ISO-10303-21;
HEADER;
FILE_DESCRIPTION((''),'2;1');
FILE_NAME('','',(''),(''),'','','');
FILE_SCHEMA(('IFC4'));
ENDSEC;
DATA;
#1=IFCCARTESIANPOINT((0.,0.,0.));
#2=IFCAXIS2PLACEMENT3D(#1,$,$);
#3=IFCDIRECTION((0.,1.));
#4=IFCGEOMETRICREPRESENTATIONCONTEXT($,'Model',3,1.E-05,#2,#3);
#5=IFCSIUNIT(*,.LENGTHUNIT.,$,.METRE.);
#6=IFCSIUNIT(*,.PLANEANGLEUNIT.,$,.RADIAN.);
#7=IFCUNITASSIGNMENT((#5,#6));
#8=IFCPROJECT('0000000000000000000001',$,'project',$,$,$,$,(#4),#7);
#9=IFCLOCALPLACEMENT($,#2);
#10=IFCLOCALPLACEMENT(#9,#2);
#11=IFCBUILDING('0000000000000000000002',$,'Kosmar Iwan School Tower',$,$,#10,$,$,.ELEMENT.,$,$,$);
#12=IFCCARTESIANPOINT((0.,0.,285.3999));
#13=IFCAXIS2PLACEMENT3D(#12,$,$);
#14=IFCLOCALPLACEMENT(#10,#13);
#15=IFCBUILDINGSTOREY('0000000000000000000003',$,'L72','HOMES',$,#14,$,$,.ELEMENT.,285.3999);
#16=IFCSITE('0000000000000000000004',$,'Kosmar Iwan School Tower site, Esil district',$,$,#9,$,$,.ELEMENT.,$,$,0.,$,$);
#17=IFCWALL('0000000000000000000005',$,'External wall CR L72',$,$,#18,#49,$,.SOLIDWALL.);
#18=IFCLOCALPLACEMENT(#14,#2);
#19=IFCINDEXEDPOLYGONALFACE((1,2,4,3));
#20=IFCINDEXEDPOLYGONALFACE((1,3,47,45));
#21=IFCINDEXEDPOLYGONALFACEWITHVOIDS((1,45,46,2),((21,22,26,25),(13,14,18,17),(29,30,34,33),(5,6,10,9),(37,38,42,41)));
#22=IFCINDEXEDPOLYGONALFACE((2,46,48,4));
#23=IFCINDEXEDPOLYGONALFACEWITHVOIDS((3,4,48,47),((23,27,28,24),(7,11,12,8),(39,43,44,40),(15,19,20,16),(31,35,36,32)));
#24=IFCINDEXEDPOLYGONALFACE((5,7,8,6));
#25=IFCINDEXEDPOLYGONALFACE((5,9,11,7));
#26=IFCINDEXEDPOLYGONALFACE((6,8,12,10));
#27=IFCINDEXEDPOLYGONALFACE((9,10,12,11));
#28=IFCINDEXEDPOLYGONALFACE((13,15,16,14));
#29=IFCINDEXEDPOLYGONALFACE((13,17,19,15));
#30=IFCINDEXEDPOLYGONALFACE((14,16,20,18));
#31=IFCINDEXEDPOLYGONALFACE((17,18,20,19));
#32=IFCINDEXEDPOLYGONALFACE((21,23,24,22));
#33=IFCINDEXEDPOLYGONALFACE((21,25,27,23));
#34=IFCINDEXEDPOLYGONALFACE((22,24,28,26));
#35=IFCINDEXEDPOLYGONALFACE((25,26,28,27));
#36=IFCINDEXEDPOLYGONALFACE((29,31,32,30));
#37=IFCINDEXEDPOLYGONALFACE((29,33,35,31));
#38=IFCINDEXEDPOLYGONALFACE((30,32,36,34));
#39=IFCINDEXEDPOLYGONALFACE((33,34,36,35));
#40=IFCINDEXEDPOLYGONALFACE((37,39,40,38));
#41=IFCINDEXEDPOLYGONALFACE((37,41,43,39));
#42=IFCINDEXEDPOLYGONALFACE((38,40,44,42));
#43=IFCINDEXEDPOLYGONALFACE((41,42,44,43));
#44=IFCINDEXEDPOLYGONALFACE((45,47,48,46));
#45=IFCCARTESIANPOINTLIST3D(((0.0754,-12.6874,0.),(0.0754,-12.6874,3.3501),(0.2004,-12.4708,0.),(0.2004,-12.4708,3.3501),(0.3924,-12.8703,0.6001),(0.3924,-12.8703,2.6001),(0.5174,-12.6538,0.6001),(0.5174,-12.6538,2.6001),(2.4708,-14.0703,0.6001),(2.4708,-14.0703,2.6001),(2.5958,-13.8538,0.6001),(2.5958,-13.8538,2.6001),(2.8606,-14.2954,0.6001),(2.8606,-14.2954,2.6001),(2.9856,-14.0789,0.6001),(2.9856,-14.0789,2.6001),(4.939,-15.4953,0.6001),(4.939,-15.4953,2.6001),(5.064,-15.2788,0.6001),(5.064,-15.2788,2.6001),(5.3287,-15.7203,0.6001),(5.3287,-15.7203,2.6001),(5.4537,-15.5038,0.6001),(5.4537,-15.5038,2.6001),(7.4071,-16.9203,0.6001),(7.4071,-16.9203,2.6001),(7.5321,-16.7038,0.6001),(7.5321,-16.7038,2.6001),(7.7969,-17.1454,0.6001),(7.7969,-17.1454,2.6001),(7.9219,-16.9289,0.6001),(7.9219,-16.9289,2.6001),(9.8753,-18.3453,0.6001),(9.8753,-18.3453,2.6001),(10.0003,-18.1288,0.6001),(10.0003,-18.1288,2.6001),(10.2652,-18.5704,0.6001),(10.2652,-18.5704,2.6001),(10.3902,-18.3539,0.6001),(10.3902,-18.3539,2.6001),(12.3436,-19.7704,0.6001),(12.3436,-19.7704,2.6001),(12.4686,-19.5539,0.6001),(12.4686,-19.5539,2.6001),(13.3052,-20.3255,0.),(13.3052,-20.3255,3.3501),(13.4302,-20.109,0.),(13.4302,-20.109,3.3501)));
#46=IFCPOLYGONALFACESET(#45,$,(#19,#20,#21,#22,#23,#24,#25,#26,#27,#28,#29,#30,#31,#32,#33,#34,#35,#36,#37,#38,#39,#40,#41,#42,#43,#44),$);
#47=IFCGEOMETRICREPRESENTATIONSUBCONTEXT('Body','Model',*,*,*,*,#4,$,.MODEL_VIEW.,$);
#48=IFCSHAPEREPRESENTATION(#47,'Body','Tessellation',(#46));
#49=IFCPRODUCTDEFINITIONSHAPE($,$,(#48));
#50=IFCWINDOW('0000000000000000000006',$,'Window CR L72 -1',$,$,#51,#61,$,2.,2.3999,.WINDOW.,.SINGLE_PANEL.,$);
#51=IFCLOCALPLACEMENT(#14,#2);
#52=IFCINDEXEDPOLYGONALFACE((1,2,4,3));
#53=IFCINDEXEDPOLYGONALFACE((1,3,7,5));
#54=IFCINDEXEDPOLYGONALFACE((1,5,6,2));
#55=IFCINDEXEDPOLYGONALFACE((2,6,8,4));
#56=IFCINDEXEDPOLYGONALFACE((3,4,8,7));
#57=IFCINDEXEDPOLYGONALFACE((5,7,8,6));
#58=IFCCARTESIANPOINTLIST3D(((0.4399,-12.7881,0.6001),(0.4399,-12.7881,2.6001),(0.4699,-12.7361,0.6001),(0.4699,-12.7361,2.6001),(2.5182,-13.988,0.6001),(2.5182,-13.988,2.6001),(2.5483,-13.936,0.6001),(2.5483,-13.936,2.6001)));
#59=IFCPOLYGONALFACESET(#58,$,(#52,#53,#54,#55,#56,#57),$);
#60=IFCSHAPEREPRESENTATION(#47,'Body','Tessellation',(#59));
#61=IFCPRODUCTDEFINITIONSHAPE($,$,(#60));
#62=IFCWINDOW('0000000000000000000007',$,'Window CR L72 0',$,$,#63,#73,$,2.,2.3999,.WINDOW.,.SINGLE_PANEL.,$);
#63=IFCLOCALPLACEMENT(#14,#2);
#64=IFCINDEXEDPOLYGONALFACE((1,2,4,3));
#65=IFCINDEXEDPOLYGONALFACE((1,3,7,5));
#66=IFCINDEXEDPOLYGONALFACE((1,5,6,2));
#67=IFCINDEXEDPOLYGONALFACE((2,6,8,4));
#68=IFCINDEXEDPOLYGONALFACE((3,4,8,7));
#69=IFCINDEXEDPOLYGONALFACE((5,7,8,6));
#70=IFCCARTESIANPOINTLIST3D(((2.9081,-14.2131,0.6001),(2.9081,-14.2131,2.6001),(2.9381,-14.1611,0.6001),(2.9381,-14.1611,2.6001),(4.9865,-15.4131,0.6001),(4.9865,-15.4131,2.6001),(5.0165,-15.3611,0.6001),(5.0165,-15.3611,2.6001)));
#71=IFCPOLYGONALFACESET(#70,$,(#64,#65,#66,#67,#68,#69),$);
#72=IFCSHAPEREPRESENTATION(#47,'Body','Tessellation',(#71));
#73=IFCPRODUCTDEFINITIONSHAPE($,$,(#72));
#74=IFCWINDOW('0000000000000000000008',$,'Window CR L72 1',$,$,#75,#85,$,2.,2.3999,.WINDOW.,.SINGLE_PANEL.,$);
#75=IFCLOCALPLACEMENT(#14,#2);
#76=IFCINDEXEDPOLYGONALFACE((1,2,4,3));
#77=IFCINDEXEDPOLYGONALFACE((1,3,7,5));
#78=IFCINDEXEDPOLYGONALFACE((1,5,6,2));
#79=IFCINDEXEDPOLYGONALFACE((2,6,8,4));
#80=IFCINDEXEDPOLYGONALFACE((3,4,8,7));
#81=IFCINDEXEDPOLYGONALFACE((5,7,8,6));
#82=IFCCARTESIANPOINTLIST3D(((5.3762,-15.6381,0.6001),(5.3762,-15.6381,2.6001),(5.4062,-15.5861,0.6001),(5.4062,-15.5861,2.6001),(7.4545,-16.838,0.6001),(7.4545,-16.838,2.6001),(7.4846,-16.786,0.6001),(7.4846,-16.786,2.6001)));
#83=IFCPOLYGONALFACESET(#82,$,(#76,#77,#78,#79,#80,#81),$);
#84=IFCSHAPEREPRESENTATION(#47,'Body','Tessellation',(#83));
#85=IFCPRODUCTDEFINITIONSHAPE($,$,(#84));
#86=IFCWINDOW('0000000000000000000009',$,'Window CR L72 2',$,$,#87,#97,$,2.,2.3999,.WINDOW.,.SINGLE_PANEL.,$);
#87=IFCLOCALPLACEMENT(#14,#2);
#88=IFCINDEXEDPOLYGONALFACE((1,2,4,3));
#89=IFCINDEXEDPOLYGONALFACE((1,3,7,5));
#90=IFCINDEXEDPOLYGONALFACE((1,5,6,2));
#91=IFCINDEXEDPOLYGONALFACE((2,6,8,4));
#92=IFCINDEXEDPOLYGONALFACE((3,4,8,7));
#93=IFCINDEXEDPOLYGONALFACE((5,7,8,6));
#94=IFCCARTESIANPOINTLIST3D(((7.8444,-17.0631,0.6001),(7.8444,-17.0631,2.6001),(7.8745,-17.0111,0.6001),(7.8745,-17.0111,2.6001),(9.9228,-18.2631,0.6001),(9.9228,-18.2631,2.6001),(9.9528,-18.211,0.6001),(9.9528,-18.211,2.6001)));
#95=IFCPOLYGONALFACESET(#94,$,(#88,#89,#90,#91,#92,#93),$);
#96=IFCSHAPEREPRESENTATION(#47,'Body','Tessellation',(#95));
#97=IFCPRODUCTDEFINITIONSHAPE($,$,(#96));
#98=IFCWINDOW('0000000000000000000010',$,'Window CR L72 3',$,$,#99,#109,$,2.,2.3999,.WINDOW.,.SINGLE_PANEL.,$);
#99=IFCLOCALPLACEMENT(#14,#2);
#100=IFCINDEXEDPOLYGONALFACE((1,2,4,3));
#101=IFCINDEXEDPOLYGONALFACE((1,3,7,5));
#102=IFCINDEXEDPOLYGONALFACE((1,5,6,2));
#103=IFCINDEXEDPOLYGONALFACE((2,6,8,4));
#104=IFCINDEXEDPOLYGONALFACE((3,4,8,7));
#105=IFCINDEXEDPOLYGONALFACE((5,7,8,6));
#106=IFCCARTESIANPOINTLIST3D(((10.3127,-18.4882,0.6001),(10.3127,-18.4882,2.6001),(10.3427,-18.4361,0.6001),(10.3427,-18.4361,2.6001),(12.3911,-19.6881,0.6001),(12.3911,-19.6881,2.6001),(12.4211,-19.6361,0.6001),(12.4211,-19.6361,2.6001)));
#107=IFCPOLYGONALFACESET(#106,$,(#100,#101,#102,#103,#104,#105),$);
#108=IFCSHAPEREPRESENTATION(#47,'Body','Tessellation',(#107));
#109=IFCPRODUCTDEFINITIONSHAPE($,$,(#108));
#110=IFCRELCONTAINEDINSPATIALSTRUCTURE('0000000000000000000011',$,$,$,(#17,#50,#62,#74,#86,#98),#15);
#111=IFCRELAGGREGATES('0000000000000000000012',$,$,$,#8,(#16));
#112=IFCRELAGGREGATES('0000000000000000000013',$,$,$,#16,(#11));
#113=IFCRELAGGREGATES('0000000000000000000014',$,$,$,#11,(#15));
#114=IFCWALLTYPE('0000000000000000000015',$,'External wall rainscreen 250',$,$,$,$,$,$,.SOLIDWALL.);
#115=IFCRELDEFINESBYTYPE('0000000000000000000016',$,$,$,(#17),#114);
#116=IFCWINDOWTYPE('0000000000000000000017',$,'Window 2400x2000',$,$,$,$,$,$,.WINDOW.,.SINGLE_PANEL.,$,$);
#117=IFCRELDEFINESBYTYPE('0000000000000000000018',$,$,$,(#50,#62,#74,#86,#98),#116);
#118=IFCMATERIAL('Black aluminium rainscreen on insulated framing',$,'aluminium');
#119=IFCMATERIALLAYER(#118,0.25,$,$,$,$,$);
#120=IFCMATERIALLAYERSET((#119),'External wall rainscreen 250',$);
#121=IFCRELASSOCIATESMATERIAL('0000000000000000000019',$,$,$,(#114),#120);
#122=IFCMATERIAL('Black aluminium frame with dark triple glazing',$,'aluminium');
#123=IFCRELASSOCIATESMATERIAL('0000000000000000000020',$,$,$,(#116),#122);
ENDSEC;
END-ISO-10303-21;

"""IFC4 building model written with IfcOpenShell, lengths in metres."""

from ifc_helpers import new_model, si_unit, direction, frame, frame_2d, origin, place, context, subcontext, project, spatial, rectangle, extrude, material, layer, layer_set, type_object, element, fill, save


model = new_model("IFC4")

# Units and contexts
model_context = context("Model", 3, precision=1e-05, world=origin(), true_north=direction((0.0, 1.0)))
body_context = subcontext(model_context, "Body", "Model", "MODEL_VIEW")
ifc_project = project(units=[si_unit("LENGTHUNIT", "METRE"), si_unit("PLANEANGLEUNIT", "RADIAN")], contexts=[model_context])

# Site, building, storey
site_placement = place(None, origin())
site = spatial("IfcSite", under=ifc_project, at=site_placement, Name="Kosmar Iwan School Tower site, Esil district", CompositionType="ELEMENT", RefElevation=0.0)
building_placement = place(site_placement, origin())
building = spatial("IfcBuilding", under=site, at=building_placement, Name="Kosmar Iwan School Tower", CompositionType="ELEMENT")
storey_placement = place(building_placement, frame((0.0, 0.0, 285.3999)))
storey = spatial("IfcBuildingStorey", under=building, at=storey_placement, Name="L72", Description="HOMES", CompositionType="ELEMENT", Elevation=285.3999)

# Wall, openings, windows
ifc_material_1 = material(Name="Black aluminium rainscreen on insulated framing", Category="aluminium")
ifc_layer_1 = layer(ifc_material_1, 0.25)
ifc_layer_set_1 = layer_set([ifc_layer_1], Name="External wall rainscreen 250")
wall_type_1 = type_object("IfcWallType", Name="External wall rainscreen 250", PredefinedType="SOLIDWALL", material=ifc_layer_set_1)
ifc_material_2 = material(Name="Black aluminium frame with dark triple glazing", Category="aluminium")
window_type = type_object("IfcWindowType", Name="Window 2400x2000", PartitioningType="SINGLE_PANEL", PredefinedType="WINDOW", material=ifc_material_2)
wall_1_placement = place(storey_placement, frame((0.1379, -12.5791, 0.0), z_axis=(0.0, 0.0, 1.0), x_axis=(0.866026, -0.5, 0.0)))
wall_1 = element("IfcWall", 1, at=wall_1_placement, inside=storey, type_object=wall_type_1, Name="External wall CR L72", PredefinedType="SOLIDWALL", context=body_context, shape_type="SweptSolid", body=[
    extrude(rectangle(XDim=15.2764, YDim=0.25, at=frame_2d((7.6382, 0.0))), origin(), (0.0, 0.0, 1.0), 3.3501),
])
opening_1_placement = place(wall_1_placement, frame((0.366, 0.0, 0.6001)))
opening_1 = element("IfcOpeningElement", 2, at=opening_1_placement, cuts=wall_1, PredefinedType="OPENING", context=body_context, shape_type="SweptSolid", body=[
    extrude(rectangle(XDim=2.3999, YDim=2.0, at=frame_2d((1.2, 1.0))), frame((0.0, 0.137, 0.0), z_axis=(0.0, -1.0, 0.0), x_axis=(1.0, 0.0, 0.0)), (0.0, 0.0, 1.0), 0.2739),
])
opening_2_placement = place(wall_1_placement, frame((3.2161, 0.0, 0.6001)))
opening_2 = element("IfcOpeningElement", 3, at=opening_2_placement, cuts=wall_1, PredefinedType="OPENING", context=body_context, shape_type="SweptSolid", body=[
    extrude(rectangle(XDim=2.3999, YDim=2.0, at=frame_2d((1.2, 1.0))), frame((0.0, 0.137, 0.0), z_axis=(0.0, -1.0, 0.0), x_axis=(1.0, 0.0, 0.0)), (0.0, 0.0, 1.0), 0.2739),
])
opening_3_placement = place(wall_1_placement, frame((6.0659, 0.0, 0.6001)))
opening_3 = element("IfcOpeningElement", 4, at=opening_3_placement, cuts=wall_1, PredefinedType="OPENING", context=body_context, shape_type="SweptSolid", body=[
    extrude(rectangle(XDim=2.3999, YDim=2.0, at=frame_2d((1.2, 1.0))), frame((0.0, 0.137, 0.0), z_axis=(0.0, -1.0, 0.0), x_axis=(1.0, 0.0, 0.0)), (0.0, 0.0, 1.0), 0.2739),
])
opening_4_placement = place(wall_1_placement, frame((8.916, 0.0, 0.6001)))
opening_4 = element("IfcOpeningElement", 5, at=opening_4_placement, cuts=wall_1, PredefinedType="OPENING", context=body_context, shape_type="SweptSolid", body=[
    extrude(rectangle(XDim=2.3999, YDim=2.0, at=frame_2d((1.2, 1.0))), frame((0.0, 0.137, 0.0), z_axis=(0.0, -1.0, 0.0), x_axis=(1.0, 0.0, 0.0)), (0.0, 0.0, 1.0), 0.2739),
])
opening_5_placement = place(wall_1_placement, frame((11.7661, 0.0, 0.6001)))
opening_5 = element("IfcOpeningElement", 6, at=opening_5_placement, cuts=wall_1, PredefinedType="OPENING", context=body_context, shape_type="SweptSolid", body=[
    extrude(rectangle(XDim=2.3999, YDim=2.0, at=frame_2d((1.2, 1.0))), frame((0.0, 0.137, 0.0), z_axis=(0.0, -1.0, 0.0), x_axis=(1.0, 0.0, 0.0)), (0.0, 0.0, 1.0), 0.2739),
])
window_1_placement = place(opening_1_placement, origin())
window_1 = element("IfcWindow", 7, at=window_1_placement, inside=storey, type_object=window_type, Name="Window CR L72 -1", OverallHeight=2.0, OverallWidth=2.3999, PartitioningType="SINGLE_PANEL", PredefinedType="WINDOW", context=body_context, shape_type="SweptSolid", body=[
    extrude(rectangle(XDim=2.3999, YDim=2.0, at=frame_2d((1.2, 1.0))), frame((0.0, 0.03, 0.0), z_axis=(0.0, -1.0, 0.0), x_axis=(1.0, 0.0, 0.0)), (0.0, 0.0, 1.0), 0.0601),
])
fill(opening_1, window_1)
window_2_placement = place(opening_2_placement, origin())
window_2 = element("IfcWindow", 8, at=window_2_placement, inside=storey, type_object=window_type, Name="Window CR L72 0", OverallHeight=2.0, OverallWidth=2.3999, PartitioningType="SINGLE_PANEL", PredefinedType="WINDOW", context=body_context, shape_type="SweptSolid", body=[
    extrude(rectangle(XDim=2.3999, YDim=2.0, at=frame_2d((1.2, 1.0))), frame((0.0, 0.03, 0.0), z_axis=(0.0, -1.0, 0.0), x_axis=(1.0, 0.0, 0.0)), (0.0, 0.0, 1.0), 0.0601),
])
fill(opening_2, window_2)
window_3_placement = place(opening_3_placement, origin())
window_3 = element("IfcWindow", 9, at=window_3_placement, inside=storey, type_object=window_type, Name="Window CR L72 1", OverallHeight=2.0, OverallWidth=2.3999, PartitioningType="SINGLE_PANEL", PredefinedType="WINDOW", context=body_context, shape_type="SweptSolid", body=[
    extrude(rectangle(XDim=2.3999, YDim=2.0, at=frame_2d((1.2, 1.0))), frame((0.0, 0.03, 0.0), z_axis=(0.0, -1.0, 0.0), x_axis=(1.0, 0.0, 0.0)), (0.0, 0.0, 1.0), 0.0601),
])
fill(opening_3, window_3)
window_4_placement = place(opening_4_placement, origin())
window_4 = element("IfcWindow", 10, at=window_4_placement, inside=storey, type_object=window_type, Name="Window CR L72 2", OverallHeight=2.0, OverallWidth=2.3999, PartitioningType="SINGLE_PANEL", PredefinedType="WINDOW", context=body_context, shape_type="SweptSolid", body=[
    extrude(rectangle(XDim=2.3999, YDim=2.0, at=frame_2d((1.2, 1.0))), frame((0.0, 0.03, 0.0), z_axis=(0.0, -1.0, 0.0), x_axis=(1.0, 0.0, 0.0)), (0.0, 0.0, 1.0), 0.0601),
])
fill(opening_4, window_4)
window_5_placement = place(opening_5_placement, origin())
window_5 = element("IfcWindow", 11, at=window_5_placement, inside=storey, type_object=window_type, Name="Window CR L72 3", OverallHeight=2.0, OverallWidth=2.3999, PartitioningType="SINGLE_PANEL", PredefinedType="WINDOW", context=body_context, shape_type="SweptSolid", body=[
    extrude(rectangle(XDim=2.3999, YDim=2.0, at=frame_2d((1.2, 1.0))), frame((0.0, 0.03, 0.0), z_axis=(0.0, -1.0, 0.0), x_axis=(1.0, 0.0, 0.0)), (0.0, 0.0, 1.0), 0.0601),
])
fill(opening_5, window_5)

save(model, "model.ifc")
